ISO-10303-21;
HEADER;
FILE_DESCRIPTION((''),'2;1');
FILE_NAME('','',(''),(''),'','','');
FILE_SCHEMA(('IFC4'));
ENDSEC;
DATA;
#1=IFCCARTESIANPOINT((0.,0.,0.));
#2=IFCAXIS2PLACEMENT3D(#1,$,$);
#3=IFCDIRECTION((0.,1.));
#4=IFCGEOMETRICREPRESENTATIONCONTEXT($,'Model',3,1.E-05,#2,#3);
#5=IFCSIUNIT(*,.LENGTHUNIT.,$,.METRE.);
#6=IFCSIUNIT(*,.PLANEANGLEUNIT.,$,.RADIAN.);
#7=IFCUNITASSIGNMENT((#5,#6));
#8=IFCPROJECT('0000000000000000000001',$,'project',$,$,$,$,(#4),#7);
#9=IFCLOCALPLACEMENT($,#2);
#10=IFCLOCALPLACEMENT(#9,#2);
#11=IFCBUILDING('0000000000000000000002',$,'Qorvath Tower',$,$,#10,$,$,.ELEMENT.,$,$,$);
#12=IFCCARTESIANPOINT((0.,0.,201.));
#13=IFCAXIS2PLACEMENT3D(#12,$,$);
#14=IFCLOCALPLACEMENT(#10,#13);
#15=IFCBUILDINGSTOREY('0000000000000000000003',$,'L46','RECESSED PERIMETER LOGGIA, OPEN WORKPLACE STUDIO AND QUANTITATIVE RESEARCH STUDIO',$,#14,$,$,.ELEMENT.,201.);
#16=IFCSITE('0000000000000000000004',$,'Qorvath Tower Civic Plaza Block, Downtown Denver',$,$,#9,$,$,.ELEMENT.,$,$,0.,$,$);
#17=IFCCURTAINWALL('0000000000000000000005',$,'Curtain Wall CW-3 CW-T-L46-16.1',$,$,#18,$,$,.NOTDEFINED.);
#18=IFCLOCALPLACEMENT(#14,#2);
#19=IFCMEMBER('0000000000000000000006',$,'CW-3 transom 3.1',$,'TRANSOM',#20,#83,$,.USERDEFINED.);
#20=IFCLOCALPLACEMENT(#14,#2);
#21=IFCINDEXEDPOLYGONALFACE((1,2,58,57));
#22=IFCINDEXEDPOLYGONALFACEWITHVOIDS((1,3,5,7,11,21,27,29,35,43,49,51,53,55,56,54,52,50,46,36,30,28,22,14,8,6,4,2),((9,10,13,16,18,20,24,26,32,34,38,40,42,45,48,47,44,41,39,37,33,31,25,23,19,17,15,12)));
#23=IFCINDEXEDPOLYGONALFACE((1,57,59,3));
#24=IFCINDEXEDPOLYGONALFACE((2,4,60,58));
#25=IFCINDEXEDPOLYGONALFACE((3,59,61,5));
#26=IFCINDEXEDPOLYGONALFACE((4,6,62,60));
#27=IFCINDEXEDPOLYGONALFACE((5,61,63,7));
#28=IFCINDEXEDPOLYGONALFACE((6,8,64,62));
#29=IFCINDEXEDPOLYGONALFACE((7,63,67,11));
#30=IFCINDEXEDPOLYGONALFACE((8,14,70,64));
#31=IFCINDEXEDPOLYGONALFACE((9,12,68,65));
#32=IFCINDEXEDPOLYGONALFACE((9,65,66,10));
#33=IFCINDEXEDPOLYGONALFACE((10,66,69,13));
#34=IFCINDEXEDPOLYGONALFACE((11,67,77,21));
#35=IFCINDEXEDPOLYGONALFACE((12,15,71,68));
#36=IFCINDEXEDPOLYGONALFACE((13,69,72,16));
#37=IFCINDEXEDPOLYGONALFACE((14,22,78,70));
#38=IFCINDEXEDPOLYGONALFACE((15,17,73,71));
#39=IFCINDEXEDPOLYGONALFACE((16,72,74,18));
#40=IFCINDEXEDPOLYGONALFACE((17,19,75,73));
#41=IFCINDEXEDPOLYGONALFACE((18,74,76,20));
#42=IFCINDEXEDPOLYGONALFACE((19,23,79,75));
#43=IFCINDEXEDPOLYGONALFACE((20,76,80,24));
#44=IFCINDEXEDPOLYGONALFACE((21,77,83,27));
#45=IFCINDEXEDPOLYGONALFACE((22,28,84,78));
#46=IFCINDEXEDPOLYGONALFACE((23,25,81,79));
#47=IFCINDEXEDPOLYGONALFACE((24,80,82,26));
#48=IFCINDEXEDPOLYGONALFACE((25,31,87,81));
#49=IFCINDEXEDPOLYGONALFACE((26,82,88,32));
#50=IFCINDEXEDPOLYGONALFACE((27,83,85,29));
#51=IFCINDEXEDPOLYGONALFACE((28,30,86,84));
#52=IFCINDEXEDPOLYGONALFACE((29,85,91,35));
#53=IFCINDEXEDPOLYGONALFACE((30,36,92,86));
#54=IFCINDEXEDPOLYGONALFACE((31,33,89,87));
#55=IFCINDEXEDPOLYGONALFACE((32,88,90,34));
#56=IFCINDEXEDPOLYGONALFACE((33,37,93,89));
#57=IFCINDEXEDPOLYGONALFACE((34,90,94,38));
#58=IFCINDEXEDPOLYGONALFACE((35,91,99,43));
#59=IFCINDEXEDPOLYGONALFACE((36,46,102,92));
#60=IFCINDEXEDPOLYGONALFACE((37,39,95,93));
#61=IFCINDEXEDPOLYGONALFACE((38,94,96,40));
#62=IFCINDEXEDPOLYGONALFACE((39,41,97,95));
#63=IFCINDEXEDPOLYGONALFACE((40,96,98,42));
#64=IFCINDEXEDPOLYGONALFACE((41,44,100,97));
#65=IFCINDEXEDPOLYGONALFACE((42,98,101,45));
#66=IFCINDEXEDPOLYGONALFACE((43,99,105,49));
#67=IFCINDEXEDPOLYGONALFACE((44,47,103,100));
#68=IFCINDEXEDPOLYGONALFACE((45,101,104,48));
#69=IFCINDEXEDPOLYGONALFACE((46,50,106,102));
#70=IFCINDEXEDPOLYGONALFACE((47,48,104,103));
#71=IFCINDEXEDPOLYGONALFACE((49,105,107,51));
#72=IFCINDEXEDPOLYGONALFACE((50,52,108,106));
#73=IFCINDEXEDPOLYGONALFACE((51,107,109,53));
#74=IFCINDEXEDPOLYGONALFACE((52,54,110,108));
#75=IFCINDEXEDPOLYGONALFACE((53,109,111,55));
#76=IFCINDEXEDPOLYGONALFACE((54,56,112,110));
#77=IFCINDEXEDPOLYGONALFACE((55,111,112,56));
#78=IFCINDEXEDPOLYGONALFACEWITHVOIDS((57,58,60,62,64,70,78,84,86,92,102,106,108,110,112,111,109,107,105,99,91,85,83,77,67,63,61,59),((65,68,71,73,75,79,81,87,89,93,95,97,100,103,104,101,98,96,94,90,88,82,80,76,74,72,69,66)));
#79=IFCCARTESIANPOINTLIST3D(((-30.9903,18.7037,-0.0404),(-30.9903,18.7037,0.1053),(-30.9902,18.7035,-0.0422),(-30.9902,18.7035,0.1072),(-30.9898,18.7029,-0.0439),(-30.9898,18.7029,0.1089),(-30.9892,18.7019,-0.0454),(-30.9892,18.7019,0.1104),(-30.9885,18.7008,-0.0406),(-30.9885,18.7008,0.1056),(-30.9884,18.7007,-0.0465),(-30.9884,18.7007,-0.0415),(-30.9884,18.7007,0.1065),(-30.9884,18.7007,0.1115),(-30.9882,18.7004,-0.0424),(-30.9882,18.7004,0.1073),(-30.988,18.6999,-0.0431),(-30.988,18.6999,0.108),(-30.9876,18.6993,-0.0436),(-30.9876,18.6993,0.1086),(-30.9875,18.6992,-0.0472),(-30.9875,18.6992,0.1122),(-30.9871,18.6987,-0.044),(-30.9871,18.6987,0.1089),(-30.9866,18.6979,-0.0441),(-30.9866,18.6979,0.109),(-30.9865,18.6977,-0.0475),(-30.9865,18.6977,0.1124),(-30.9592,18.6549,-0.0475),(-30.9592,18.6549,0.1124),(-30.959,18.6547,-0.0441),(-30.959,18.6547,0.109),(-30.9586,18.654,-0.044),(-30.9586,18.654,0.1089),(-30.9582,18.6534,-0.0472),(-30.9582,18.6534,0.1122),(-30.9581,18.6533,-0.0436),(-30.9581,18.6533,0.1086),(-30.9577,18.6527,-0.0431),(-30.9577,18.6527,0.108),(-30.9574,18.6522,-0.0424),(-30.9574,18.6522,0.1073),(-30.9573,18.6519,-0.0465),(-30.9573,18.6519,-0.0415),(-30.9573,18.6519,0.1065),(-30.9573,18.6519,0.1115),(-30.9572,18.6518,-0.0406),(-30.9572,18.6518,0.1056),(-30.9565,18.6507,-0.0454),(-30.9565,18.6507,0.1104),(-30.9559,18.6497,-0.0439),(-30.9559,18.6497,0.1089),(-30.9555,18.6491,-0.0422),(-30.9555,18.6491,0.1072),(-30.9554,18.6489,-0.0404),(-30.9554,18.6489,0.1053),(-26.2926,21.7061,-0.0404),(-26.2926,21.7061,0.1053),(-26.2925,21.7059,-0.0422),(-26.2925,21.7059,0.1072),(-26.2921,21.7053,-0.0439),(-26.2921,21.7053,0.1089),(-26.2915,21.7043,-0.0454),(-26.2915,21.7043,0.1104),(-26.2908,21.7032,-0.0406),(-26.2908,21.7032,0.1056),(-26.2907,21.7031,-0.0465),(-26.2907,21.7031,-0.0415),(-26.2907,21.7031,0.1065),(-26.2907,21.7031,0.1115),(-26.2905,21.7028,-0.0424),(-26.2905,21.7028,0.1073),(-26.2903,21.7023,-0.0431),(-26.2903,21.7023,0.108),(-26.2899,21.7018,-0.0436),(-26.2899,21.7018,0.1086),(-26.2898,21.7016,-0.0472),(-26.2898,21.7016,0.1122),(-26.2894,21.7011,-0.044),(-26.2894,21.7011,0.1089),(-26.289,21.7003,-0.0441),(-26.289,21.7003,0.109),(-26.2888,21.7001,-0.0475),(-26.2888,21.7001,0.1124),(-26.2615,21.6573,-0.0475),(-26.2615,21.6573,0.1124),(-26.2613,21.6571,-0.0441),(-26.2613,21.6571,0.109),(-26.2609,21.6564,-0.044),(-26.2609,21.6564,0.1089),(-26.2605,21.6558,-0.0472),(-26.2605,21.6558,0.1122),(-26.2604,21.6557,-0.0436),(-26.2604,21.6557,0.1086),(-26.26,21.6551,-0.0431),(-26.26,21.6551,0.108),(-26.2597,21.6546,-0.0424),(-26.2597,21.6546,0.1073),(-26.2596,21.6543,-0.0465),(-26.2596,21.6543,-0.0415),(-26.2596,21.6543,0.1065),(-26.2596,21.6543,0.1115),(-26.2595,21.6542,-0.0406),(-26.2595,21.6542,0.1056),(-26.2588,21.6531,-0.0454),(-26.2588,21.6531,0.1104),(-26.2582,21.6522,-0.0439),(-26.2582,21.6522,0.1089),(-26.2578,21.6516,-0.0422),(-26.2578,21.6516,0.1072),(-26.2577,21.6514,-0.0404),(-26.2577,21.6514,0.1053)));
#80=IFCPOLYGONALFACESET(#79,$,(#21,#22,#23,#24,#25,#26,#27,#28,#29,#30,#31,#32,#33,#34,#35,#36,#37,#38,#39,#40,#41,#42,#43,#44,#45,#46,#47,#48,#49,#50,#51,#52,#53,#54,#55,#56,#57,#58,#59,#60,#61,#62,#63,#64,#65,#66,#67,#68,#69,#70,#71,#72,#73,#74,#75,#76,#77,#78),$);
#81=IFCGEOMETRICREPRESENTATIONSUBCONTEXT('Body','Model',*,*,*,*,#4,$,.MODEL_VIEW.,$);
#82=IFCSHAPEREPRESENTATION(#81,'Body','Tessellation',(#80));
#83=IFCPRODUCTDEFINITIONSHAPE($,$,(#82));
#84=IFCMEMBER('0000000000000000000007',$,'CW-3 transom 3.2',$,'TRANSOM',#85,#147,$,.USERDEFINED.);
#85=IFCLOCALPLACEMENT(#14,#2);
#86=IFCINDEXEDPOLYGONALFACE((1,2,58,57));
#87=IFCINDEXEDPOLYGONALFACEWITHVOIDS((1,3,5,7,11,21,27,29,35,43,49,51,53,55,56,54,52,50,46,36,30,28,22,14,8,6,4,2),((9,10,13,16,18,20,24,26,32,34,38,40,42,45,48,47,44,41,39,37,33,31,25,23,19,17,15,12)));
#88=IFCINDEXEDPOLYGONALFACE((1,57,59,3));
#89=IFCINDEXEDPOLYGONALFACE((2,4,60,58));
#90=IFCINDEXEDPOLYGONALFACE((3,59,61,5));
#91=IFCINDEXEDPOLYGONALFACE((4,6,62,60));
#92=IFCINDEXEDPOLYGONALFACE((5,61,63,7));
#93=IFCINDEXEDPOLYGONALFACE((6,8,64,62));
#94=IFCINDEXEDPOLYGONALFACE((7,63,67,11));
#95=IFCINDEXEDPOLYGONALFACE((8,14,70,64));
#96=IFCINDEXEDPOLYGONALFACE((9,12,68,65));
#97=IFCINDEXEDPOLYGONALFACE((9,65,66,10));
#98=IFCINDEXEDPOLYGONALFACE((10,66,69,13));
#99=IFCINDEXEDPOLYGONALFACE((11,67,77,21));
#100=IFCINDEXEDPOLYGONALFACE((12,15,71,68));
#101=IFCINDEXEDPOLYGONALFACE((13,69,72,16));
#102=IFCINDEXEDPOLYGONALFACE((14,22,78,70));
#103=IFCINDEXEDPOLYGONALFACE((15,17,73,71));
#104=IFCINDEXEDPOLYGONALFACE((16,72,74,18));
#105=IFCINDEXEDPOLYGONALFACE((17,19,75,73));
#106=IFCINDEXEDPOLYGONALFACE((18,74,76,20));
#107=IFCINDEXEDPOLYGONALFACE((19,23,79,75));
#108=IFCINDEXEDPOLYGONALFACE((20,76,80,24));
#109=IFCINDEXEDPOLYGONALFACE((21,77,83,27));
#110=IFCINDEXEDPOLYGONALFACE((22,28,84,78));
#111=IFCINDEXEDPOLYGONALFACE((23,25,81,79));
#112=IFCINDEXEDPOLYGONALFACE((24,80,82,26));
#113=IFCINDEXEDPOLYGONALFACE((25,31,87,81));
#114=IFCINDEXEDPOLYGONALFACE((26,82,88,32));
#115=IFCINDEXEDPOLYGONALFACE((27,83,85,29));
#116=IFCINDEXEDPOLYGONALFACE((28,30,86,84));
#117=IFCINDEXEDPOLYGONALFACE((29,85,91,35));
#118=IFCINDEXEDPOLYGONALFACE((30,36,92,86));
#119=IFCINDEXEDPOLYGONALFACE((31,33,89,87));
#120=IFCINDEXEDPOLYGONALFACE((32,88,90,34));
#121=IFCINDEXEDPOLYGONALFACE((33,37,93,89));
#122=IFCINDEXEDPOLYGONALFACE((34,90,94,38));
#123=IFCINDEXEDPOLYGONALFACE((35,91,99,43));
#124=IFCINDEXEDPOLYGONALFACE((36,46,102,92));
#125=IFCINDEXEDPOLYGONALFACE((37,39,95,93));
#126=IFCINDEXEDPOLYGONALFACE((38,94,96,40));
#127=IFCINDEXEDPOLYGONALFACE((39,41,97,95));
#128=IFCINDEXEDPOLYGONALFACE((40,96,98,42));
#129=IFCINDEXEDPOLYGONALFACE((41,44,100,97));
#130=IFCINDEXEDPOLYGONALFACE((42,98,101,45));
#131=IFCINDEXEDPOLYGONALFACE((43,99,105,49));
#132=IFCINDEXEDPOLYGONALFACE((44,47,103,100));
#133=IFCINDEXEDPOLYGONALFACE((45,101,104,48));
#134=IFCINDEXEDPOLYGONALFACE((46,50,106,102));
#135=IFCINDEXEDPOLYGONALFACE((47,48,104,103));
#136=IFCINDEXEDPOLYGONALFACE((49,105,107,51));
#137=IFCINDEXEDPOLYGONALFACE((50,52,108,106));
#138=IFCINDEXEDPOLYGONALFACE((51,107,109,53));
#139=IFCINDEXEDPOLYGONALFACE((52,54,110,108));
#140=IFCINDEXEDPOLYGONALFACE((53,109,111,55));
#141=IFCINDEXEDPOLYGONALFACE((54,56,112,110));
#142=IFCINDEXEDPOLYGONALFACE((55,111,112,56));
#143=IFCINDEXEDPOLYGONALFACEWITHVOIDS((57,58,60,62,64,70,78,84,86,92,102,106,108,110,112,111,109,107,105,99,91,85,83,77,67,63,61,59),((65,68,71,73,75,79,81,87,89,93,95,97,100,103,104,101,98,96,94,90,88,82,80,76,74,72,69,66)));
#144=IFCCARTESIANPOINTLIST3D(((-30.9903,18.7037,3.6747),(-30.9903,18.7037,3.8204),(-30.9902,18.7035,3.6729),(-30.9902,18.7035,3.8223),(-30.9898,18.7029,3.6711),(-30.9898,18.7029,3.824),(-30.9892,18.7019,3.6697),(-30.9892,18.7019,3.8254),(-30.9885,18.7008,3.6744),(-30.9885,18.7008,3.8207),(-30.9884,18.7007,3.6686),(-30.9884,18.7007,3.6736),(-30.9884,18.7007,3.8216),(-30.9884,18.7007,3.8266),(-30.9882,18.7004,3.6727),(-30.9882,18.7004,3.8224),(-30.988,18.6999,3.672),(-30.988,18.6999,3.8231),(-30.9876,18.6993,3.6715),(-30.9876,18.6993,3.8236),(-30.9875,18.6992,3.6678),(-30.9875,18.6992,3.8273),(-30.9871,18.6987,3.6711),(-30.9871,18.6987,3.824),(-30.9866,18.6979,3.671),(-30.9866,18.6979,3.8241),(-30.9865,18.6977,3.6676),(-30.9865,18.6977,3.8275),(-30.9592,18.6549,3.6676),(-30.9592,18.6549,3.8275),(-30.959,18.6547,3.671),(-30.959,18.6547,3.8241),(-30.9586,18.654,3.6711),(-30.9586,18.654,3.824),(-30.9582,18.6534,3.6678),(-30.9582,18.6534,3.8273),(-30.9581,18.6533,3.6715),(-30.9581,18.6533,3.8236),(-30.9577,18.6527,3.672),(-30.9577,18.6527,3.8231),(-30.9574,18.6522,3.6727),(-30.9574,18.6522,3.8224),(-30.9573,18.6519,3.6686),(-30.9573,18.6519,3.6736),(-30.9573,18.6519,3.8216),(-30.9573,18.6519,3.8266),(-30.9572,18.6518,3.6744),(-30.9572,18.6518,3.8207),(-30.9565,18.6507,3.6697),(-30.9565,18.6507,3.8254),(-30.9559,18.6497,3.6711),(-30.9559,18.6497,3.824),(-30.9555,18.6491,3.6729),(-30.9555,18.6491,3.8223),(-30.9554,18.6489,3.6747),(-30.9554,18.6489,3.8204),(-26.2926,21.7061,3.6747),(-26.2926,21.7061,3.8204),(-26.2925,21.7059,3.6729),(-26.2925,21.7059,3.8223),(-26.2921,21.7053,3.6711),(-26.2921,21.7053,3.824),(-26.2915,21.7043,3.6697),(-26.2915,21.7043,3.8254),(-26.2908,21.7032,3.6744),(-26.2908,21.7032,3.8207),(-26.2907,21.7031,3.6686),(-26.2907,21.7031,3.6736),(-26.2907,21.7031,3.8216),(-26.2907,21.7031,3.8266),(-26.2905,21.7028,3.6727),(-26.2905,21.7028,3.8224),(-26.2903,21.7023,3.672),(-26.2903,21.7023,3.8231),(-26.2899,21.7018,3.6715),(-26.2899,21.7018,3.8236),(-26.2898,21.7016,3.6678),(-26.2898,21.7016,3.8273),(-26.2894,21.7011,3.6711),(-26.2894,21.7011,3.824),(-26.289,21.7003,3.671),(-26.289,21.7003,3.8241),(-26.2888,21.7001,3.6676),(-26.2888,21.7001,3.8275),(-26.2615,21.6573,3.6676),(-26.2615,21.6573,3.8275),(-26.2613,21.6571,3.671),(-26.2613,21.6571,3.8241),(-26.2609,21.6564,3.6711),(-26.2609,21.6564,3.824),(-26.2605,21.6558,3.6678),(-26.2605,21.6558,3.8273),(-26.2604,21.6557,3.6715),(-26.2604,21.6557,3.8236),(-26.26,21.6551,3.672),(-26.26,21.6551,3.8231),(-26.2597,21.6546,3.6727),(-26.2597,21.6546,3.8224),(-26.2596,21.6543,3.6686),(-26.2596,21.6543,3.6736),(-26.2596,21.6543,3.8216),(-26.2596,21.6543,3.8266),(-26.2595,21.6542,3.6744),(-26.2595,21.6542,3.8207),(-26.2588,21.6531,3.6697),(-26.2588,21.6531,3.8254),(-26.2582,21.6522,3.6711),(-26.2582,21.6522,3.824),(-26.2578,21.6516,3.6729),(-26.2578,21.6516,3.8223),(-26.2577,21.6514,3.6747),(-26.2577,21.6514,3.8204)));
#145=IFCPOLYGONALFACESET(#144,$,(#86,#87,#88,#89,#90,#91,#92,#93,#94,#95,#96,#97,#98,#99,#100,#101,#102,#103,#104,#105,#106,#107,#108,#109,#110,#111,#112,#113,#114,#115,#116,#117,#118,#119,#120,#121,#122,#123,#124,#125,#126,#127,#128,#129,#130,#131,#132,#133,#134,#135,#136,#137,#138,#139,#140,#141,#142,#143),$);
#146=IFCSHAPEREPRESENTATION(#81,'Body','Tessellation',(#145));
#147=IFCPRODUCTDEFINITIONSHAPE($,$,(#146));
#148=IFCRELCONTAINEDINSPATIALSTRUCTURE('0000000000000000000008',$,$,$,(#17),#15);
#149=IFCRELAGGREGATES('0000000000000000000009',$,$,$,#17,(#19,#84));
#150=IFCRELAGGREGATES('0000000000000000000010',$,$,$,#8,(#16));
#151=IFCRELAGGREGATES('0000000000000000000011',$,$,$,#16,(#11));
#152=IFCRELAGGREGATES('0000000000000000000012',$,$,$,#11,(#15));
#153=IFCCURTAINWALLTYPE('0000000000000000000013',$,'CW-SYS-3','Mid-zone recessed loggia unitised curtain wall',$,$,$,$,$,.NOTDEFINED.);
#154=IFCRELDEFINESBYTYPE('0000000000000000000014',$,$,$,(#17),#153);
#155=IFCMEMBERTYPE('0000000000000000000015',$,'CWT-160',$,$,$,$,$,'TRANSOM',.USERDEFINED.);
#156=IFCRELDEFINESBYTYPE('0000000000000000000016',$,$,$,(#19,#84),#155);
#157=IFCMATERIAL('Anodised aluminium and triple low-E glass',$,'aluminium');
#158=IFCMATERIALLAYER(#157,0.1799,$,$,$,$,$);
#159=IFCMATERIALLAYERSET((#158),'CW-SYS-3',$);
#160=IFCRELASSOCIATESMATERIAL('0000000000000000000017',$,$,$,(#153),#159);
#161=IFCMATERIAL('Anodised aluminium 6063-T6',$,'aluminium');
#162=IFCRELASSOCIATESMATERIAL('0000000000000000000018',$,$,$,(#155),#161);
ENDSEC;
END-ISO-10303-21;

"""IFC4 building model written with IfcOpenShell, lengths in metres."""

from ifc_helpers import new_model, si_unit, direction, frame, origin, origin_2d, place, context, subcontext, project, spatial, hollow_rectangle, extrude, material, layer, layer_set, material_profile, profile_set, type_object, element, aggregate, save


model = new_model("IFC4")

# Units and contexts
model_context = context("Model", 3, precision=1e-05, world=origin(), true_north=direction((0.0, 1.0)))
body_context = subcontext(model_context, "Body", "Model", "MODEL_VIEW")
ifc_project = project(units=[si_unit("LENGTHUNIT", "METRE"), si_unit("PLANEANGLEUNIT", "RADIAN")], contexts=[model_context])

# Site, building, storey
site_placement = place(None, origin())
site = spatial("IfcSite", under=ifc_project, at=site_placement, Name="Qorvath Tower Civic Plaza Block, Downtown Denver", CompositionType="ELEMENT", RefElevation=0.0)
building_placement = place(site_placement, origin())
building = spatial("IfcBuilding", under=site, at=building_placement, Name="Qorvath Tower", CompositionType="ELEMENT")
storey_placement = place(building_placement, frame((0.0, 0.0, 201.0)))
storey = spatial("IfcBuildingStorey", under=building, at=storey_placement, Name="L46", Description="RECESSED PERIMETER LOGGIA, OPEN WORKPLACE STUDIO AND QUANTITATIVE RESEARCH STUDIO", CompositionType="ELEMENT", Elevation=201.0)

# Curtain wall, members
ifc_material_1 = material(Name="Anodised aluminium and triple low-E glass", Category="aluminium")
ifc_layer_1 = layer(ifc_material_1, 0.1799)
ifc_layer_set_1 = layer_set([ifc_layer_1], Name="CW-SYS-3")
curtain_wall_type = type_object("IfcCurtainWallType", Name="CW-SYS-3", Description="Mid-zone recessed loggia unitised curtain wall", PredefinedType="NOTDEFINED", material=ifc_layer_set_1)
curtain_wall_placement = place(storey_placement, origin())
curtain_wall = element("IfcCurtainWall", 1, at=curtain_wall_placement, inside=storey, type_object=curtain_wall_type, Name="Curtain Wall CW-3 CW-T-L46-16.1", PredefinedType="NOTDEFINED")
ifc_material_2 = material(Name="Anodised aluminium 6063-T6", Category="aluminium")
ifc_material_profile_1 = material_profile(ifc_material_2, hollow_rectangle(XDim=0.0649, YDim=0.1599, WallThickness=0.0034, InnerFilletRadius=0.0034, OuterFilletRadius=0.0071, at=origin_2d()), Name="CWT 160x65")
ifc_profile_set_1 = profile_set([ifc_material_profile_1], Name="Anodised aluminium 6063-T6")
member_type_1 = type_object("IfcMemberType", Name="CWT-160", ElementType="TRANSOM", PredefinedType="USERDEFINED", material=ifc_profile_set_1)
member_1_placement = place(storey_placement, frame((-26.2751, 21.6787, 0.0325), z_axis=(-0.842607, -0.538529, 0.0), x_axis=(0.538529, -0.842607, 0.0)))
member_1 = element("IfcMember", 2, at=member_1_placement, type_object=member_type_1, Name="CW-3 transom 3.1", ObjectType="TRANSOM", PredefinedType="USERDEFINED", context=body_context, shape_type="SweptSolid", body=[
    extrude(hollow_rectangle(XDim=0.0649, YDim=0.1599, WallThickness=0.0034, InnerFilletRadius=0.0034, OuterFilletRadius=0.0071, at=origin_2d()), origin(), (0.0, 0.0, 1.0), 5.5752),
])
member_2_placement = place(storey_placement, frame((-26.2751, 21.6787, 3.7476), z_axis=(-0.842607, -0.538529, 0.0), x_axis=(0.538529, -0.842607, 0.0)))
member_2 = element("IfcMember", 3, at=member_2_placement, type_object=member_type_1, Name="CW-3 transom 3.2", ObjectType="TRANSOM", PredefinedType="USERDEFINED", context=body_context, shape_type="SweptSolid", body=[
    extrude(hollow_rectangle(XDim=0.0649, YDim=0.1599, WallThickness=0.0034, InnerFilletRadius=0.0034, OuterFilletRadius=0.0071, at=origin_2d()), origin(), (0.0, 0.0, 1.0), 5.5752),
])
aggregate(curtain_wall, [member_1, member_2])

save(model, "model.ifc")
